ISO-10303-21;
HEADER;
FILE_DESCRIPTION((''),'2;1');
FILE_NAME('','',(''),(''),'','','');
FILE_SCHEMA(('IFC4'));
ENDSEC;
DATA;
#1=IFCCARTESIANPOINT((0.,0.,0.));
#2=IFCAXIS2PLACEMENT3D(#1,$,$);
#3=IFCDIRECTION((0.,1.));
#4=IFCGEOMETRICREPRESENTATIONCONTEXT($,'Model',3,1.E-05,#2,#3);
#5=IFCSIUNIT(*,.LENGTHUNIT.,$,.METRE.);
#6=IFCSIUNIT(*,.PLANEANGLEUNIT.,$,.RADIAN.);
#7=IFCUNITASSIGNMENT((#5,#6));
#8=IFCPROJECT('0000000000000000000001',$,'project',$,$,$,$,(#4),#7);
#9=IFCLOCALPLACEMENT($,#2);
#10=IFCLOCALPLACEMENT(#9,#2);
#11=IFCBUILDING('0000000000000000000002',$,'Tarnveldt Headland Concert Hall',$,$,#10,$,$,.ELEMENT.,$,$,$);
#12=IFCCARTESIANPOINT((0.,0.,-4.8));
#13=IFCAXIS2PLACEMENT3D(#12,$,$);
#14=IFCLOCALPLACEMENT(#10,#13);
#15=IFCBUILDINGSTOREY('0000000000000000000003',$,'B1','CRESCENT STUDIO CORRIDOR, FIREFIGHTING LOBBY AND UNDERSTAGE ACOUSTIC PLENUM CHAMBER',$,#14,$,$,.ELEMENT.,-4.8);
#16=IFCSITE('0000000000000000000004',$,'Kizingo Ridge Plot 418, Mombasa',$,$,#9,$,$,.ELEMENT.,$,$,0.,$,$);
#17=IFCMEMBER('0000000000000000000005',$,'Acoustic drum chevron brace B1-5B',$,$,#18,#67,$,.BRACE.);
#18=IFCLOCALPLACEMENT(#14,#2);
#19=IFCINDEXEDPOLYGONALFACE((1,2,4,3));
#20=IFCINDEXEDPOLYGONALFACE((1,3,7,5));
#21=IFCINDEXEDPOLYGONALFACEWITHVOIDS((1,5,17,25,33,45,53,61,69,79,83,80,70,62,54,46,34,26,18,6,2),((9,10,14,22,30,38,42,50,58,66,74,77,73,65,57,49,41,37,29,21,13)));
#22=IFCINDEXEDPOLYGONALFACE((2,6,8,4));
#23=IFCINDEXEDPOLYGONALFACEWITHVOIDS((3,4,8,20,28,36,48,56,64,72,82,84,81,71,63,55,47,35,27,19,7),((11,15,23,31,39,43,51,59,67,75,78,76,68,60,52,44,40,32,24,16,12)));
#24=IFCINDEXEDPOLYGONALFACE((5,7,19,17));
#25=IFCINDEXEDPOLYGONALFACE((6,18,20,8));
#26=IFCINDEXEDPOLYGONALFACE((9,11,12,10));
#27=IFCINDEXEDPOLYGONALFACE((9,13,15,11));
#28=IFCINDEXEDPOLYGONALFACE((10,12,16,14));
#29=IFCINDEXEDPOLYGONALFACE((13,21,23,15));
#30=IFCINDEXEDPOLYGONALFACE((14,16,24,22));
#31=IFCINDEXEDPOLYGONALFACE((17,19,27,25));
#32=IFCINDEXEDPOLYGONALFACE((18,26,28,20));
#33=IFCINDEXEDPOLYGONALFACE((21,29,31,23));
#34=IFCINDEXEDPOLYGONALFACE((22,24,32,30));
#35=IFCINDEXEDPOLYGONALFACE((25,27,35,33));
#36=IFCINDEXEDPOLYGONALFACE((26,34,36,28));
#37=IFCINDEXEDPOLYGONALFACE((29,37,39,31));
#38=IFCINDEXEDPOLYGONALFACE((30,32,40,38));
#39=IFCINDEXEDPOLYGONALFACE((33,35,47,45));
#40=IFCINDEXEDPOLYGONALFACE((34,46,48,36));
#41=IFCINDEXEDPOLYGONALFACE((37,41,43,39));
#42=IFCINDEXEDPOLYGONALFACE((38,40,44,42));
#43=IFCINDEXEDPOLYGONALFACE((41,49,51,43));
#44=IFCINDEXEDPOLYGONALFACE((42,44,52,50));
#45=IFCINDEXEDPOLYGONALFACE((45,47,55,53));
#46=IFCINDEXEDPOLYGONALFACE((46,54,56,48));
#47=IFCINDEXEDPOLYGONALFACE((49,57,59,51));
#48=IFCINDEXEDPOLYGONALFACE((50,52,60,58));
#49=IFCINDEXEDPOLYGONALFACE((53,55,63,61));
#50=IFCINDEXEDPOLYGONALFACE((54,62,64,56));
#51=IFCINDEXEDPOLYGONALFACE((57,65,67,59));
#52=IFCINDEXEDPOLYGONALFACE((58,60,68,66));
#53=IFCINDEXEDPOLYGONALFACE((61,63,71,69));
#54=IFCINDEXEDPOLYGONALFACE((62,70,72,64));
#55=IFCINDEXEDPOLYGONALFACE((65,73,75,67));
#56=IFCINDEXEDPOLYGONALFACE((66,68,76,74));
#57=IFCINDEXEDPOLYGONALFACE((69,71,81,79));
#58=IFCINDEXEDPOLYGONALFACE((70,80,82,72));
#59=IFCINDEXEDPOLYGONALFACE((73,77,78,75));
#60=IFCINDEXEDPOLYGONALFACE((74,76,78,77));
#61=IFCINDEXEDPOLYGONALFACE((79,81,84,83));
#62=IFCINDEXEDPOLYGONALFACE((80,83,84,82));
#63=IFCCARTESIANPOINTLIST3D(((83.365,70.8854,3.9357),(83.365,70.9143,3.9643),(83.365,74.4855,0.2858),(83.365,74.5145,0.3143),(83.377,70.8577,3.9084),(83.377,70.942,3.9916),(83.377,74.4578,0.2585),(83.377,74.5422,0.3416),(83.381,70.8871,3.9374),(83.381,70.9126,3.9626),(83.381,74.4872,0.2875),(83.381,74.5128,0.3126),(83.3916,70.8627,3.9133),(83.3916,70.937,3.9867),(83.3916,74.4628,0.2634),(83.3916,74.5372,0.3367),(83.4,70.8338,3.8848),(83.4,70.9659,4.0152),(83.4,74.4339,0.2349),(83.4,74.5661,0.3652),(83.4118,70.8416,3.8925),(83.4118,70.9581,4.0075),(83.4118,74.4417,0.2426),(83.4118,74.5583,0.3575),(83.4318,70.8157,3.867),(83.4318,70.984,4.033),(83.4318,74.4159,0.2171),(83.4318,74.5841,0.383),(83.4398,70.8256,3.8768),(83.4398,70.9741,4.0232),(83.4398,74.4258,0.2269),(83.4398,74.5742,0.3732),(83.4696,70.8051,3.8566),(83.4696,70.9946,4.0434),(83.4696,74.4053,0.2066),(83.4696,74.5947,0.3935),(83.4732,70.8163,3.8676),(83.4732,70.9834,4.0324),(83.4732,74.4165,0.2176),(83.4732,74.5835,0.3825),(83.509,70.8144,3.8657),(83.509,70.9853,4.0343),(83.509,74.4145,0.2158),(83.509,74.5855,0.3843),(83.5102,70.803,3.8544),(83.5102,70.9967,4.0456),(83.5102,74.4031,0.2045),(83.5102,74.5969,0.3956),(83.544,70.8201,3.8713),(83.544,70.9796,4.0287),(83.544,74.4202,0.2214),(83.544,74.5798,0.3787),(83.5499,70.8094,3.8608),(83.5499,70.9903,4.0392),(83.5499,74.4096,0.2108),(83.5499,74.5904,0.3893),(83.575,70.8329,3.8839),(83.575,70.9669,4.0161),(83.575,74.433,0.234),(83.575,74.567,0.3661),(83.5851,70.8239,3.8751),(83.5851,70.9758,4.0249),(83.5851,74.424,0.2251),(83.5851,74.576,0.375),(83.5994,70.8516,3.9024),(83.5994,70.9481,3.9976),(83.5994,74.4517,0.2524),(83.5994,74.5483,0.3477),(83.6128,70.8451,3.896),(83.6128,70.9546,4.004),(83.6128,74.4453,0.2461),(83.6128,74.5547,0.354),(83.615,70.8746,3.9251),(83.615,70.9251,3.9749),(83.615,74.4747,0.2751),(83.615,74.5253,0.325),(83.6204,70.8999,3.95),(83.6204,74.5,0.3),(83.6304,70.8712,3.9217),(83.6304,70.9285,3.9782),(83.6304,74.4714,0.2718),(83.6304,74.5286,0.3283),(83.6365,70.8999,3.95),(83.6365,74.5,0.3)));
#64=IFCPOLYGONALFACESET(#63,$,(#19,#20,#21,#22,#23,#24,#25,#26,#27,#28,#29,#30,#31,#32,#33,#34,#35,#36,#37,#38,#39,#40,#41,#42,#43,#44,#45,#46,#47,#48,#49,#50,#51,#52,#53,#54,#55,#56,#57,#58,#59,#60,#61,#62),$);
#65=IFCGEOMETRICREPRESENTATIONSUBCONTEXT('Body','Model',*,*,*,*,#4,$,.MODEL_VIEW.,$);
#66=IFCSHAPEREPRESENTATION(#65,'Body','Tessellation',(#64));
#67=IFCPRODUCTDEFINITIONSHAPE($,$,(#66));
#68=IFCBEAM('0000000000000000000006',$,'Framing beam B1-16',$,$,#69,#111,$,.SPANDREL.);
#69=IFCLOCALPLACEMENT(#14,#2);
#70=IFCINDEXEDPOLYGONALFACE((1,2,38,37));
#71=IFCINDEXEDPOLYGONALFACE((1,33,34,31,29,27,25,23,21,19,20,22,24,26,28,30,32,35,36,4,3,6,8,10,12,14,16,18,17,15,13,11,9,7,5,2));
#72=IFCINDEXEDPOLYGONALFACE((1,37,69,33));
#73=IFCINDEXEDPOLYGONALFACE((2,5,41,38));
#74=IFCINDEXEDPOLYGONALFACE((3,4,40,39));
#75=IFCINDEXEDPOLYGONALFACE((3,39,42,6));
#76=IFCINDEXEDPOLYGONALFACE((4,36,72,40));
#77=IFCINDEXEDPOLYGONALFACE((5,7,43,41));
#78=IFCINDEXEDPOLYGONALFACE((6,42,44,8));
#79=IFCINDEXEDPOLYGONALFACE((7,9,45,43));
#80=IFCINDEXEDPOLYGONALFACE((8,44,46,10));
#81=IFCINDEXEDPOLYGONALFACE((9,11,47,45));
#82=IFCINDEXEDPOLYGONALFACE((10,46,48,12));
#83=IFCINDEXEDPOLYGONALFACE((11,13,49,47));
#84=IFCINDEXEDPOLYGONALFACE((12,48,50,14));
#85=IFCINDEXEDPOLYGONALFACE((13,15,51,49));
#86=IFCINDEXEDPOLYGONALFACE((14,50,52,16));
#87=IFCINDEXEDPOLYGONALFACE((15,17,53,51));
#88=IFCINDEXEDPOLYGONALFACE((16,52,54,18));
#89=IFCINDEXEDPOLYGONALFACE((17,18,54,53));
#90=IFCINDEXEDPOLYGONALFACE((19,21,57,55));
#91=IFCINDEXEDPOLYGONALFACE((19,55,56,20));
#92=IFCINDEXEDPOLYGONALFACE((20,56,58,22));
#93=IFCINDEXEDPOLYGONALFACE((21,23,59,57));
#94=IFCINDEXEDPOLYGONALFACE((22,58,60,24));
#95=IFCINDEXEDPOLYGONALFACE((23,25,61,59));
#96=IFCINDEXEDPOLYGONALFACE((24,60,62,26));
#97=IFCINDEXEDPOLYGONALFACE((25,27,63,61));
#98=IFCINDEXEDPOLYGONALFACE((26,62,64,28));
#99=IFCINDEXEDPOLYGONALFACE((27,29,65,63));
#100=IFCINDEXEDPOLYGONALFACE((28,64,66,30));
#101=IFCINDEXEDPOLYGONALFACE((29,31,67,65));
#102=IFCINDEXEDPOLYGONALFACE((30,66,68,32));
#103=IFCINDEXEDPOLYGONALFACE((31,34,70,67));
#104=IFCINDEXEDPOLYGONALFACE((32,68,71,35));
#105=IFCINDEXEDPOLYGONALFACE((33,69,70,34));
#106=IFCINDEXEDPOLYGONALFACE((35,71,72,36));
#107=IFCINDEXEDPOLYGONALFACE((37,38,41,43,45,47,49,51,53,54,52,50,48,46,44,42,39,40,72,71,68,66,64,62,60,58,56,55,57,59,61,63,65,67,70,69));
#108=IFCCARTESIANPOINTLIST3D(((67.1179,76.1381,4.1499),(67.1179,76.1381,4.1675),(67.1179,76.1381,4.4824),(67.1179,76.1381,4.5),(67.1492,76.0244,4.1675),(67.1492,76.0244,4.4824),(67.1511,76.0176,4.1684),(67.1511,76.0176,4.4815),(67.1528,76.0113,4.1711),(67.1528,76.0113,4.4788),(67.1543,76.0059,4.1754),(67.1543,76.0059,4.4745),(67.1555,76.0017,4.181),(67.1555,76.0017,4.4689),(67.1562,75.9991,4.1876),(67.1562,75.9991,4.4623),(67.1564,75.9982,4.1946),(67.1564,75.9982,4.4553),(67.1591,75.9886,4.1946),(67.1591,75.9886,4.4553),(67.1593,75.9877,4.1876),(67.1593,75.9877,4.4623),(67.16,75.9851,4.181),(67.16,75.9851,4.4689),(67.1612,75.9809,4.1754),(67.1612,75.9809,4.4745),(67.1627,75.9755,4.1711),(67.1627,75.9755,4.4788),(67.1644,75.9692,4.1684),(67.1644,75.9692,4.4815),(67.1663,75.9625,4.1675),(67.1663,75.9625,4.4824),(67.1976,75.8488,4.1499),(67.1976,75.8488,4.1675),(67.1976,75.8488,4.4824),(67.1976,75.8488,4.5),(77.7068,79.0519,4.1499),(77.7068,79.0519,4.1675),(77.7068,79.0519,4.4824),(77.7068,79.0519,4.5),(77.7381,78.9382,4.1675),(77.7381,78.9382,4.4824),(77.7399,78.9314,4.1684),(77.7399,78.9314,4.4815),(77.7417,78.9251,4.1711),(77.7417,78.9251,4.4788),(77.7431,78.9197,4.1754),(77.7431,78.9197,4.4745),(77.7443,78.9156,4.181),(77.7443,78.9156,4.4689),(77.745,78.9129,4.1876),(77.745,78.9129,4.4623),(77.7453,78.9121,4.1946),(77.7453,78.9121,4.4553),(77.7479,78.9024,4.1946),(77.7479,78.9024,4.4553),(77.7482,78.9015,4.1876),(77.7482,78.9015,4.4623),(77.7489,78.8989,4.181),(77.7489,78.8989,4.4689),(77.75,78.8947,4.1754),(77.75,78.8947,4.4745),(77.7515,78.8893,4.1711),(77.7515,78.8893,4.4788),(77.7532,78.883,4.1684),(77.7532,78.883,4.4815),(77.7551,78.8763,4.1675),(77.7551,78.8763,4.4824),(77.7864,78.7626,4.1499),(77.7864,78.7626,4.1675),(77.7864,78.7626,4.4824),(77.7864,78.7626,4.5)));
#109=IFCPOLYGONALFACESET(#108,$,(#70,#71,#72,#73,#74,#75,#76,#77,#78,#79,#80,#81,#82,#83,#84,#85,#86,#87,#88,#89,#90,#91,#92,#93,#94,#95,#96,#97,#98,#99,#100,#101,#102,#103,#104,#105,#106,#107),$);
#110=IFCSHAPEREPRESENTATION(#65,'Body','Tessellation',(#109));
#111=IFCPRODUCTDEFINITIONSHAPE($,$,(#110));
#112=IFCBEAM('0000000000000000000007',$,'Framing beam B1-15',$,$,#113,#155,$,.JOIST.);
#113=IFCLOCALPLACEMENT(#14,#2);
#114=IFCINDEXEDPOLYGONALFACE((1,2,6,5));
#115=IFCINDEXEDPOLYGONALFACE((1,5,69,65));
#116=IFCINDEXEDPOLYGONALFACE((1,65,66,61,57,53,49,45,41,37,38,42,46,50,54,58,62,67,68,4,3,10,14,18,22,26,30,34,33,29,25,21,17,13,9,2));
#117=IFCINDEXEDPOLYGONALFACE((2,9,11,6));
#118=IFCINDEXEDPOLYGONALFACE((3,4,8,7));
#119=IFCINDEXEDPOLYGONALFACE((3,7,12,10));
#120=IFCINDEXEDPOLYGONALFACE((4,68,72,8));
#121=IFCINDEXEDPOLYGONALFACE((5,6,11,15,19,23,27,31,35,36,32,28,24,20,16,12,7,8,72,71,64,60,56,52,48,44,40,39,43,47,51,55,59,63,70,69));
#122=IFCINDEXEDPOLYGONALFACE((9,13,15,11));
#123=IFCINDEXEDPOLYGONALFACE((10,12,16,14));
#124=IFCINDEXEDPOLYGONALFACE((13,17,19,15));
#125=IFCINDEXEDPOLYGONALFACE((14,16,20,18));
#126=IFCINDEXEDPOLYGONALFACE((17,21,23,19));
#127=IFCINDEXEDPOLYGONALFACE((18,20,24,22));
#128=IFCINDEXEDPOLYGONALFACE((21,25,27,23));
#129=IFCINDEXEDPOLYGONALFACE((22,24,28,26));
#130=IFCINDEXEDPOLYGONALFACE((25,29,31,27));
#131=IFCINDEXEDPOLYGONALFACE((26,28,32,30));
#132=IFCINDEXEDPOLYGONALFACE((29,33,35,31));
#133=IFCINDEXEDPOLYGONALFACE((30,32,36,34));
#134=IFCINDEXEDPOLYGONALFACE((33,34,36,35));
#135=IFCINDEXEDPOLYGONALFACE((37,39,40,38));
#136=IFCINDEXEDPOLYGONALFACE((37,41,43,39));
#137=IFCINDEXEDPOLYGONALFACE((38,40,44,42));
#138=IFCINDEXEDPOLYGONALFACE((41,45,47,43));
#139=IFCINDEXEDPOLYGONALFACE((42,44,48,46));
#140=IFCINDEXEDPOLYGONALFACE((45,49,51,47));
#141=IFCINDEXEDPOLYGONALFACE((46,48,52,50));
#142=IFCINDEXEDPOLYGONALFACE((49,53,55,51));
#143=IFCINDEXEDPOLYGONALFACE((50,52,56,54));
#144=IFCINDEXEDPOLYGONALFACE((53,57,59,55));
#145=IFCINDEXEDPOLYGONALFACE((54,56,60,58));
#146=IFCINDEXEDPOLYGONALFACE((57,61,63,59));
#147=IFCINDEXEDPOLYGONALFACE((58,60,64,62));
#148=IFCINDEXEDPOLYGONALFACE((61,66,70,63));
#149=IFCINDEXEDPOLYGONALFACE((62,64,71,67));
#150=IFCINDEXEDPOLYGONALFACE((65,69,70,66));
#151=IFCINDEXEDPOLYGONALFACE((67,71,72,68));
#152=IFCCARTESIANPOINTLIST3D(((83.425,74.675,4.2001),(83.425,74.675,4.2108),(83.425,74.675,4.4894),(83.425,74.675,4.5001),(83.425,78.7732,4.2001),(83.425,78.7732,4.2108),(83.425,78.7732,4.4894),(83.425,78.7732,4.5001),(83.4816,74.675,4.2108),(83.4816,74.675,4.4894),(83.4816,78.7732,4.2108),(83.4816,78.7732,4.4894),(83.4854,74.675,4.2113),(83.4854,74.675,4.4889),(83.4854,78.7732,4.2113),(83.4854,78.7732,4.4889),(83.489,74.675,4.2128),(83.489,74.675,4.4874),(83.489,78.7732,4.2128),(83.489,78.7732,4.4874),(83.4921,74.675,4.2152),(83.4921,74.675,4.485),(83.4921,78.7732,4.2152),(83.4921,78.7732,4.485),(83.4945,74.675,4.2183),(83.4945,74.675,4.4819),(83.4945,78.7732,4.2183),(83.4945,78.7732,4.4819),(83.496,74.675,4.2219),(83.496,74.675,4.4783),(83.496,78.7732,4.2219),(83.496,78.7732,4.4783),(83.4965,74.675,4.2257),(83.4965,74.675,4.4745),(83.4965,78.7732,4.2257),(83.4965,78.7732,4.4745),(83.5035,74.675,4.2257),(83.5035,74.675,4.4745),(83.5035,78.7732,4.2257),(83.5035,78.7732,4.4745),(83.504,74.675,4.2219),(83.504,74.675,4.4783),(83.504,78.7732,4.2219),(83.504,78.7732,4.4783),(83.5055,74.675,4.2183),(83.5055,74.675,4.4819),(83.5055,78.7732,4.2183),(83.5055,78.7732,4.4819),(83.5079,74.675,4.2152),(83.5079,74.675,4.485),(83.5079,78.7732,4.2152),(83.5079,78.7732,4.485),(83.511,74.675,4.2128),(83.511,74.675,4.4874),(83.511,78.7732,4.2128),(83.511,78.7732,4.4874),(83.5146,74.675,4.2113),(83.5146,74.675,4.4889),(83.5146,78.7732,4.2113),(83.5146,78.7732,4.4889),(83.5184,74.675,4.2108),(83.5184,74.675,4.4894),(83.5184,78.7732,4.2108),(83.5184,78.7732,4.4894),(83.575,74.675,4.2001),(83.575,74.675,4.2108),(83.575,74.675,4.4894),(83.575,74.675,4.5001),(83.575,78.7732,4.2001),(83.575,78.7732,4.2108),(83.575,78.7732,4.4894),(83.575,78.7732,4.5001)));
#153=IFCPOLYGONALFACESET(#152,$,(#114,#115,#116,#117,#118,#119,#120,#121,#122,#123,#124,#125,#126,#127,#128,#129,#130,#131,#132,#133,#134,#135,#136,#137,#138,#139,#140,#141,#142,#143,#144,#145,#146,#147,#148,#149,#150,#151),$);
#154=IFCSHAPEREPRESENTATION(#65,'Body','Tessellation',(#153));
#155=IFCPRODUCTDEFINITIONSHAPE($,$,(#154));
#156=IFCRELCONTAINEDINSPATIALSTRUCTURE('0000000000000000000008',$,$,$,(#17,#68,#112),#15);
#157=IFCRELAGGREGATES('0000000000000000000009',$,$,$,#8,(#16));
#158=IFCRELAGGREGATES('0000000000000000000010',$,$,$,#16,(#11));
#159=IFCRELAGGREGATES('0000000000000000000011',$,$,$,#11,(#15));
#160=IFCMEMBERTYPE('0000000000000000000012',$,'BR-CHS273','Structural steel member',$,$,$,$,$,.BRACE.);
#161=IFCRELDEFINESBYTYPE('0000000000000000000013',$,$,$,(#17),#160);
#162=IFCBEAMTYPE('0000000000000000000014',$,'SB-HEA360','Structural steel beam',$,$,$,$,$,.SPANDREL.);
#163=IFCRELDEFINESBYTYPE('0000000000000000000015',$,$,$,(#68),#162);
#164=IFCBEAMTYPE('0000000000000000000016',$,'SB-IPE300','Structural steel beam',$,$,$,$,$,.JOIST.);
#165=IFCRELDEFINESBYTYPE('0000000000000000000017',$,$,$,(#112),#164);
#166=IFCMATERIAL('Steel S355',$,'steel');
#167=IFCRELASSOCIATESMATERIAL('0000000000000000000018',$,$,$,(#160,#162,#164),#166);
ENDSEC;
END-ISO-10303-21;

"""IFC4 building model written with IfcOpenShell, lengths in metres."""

from ifc_helpers import new_model, si_unit, direction, frame, origin, origin_2d, place, context, subcontext, project, spatial, hollow_circle, i_section, extrude, material, material_profile, profile_set, type_object, element, save


model = new_model("IFC4")

# Units and contexts
model_context = context("Model", 3, precision=1e-05, world=origin(), true_north=direction((0.0, 1.0)))
body_context = subcontext(model_context, "Body", "Model", "MODEL_VIEW")
ifc_project = project(units=[si_unit("LENGTHUNIT", "METRE"), si_unit("PLANEANGLEUNIT", "RADIAN")], contexts=[model_context])

# Site, building, storey
site_placement = place(None, origin())
site = spatial("IfcSite", under=ifc_project, at=site_placement, Name="Kizingo Ridge Plot 418, Mombasa", CompositionType="ELEMENT", RefElevation=0.0)
building_placement = place(site_placement, origin())
building = spatial("IfcBuilding", under=site, at=building_placement, Name="Tarnveldt Headland Concert Hall", CompositionType="ELEMENT")
storey_placement = place(building_placement, frame((0.0, 0.0, -4.8)))
storey = spatial("IfcBuildingStorey", under=building, at=storey_placement, Name="B1", Description="CRESCENT STUDIO CORRIDOR, FIREFIGHTING LOBBY AND UNDERSTAGE ACOUSTIC PLENUM CHAMBER", CompositionType="ELEMENT", Elevation=-4.8)

# Member
ifc_material_1 = material(Name="Steel S355", Category="steel")
ifc_material_profile_1 = material_profile(ifc_material_1, hollow_circle(Radius=0.1365, WallThickness=0.0161, at=origin_2d()), Name="CHS 273x16", Category="steel")
ifc_profile_set_1 = profile_set([ifc_material_profile_1], Name="Steel S355")
member_type = type_object("IfcMemberType", Name="BR-CHS273", Description="Structural steel member", PredefinedType="BRACE", material=ifc_profile_set_1)
member_placement = place(storey_placement, frame((83.5, 74.5, 0.3), z_axis=(0.0, -0.702233, 0.711948), x_axis=(1.0, 0.0, 0.0)))
element("IfcMember", 1, at=member_placement, inside=storey, type_object=member_type, Name="Acoustic drum chevron brace B1-5B", PredefinedType="BRACE", context=body_context, shape_type="SweptSolid", body=[
    extrude(hollow_circle(Radius=0.1365, WallThickness=0.0161, at=origin_2d()), origin(), (0.0, 0.0, 1.0), 5.1267),
])

# Beams
ifc_material_profile_2 = material_profile(ifc_material_1, i_section(OverallWidth=0.3, OverallDepth=0.3501, WebThickness=0.01, FlangeThickness=0.0176, FilletRadius=0.0271, at=origin_2d()), Name="HEA360", Category="steel")
ifc_profile_set_2 = profile_set([ifc_material_profile_2], Name="Steel S355")
beam_type_1 = type_object("IfcBeamType", Name="SB-HEA360", Description="Structural steel beam", PredefinedType="SPANDREL", material=ifc_profile_set_2)
beam_1_placement = place(storey_placement, frame((77.7466, 78.9072, 4.325), z_axis=(-0.964162, -0.265316, 0.0), x_axis=(0.265316, -0.964162, 0.0)))
element("IfcBeam", 2, at=beam_1_placement, inside=storey, type_object=beam_type_1, Name="Framing beam B1-16", PredefinedType="SPANDREL", context=body_context, shape_type="SweptSolid", body=[
    extrude(i_section(OverallWidth=0.3, OverallDepth=0.3501, WebThickness=0.01, FlangeThickness=0.0176, FilletRadius=0.0271, at=origin_2d()), origin(), (0.0, 0.0, 1.0), 10.9824),
])
ifc_material_profile_3 = material_profile(ifc_material_1, i_section(OverallWidth=0.1499, OverallDepth=0.3, WebThickness=0.0071, FlangeThickness=0.0107, FilletRadius=0.0149, at=origin_2d()), Name="IPE300", Category="steel")
ifc_profile_set_3 = profile_set([ifc_material_profile_3], Name="Steel S355")
beam_type_2 = type_object("IfcBeamType", Name="SB-IPE300", Description="Structural steel beam", PredefinedType="JOIST", material=ifc_profile_set_3)
beam_2_placement = place(storey_placement, frame((83.5, 74.675, 4.3501), z_axis=(0.0, 1.0, 0.0), x_axis=(-1.0, 0.0, 0.0)))
element("IfcBeam", 3, at=beam_2_placement, inside=storey, type_object=beam_type_2, Name="Framing beam B1-15", PredefinedType="JOIST", context=body_context, shape_type="SweptSolid", body=[
    extrude(i_section(OverallWidth=0.1499, OverallDepth=0.3, WebThickness=0.0071, FlangeThickness=0.0107, FilletRadius=0.0149, at=origin_2d()), origin(), (0.0, 0.0, 1.0), 4.0981),
])

save(model, "model.ifc")
